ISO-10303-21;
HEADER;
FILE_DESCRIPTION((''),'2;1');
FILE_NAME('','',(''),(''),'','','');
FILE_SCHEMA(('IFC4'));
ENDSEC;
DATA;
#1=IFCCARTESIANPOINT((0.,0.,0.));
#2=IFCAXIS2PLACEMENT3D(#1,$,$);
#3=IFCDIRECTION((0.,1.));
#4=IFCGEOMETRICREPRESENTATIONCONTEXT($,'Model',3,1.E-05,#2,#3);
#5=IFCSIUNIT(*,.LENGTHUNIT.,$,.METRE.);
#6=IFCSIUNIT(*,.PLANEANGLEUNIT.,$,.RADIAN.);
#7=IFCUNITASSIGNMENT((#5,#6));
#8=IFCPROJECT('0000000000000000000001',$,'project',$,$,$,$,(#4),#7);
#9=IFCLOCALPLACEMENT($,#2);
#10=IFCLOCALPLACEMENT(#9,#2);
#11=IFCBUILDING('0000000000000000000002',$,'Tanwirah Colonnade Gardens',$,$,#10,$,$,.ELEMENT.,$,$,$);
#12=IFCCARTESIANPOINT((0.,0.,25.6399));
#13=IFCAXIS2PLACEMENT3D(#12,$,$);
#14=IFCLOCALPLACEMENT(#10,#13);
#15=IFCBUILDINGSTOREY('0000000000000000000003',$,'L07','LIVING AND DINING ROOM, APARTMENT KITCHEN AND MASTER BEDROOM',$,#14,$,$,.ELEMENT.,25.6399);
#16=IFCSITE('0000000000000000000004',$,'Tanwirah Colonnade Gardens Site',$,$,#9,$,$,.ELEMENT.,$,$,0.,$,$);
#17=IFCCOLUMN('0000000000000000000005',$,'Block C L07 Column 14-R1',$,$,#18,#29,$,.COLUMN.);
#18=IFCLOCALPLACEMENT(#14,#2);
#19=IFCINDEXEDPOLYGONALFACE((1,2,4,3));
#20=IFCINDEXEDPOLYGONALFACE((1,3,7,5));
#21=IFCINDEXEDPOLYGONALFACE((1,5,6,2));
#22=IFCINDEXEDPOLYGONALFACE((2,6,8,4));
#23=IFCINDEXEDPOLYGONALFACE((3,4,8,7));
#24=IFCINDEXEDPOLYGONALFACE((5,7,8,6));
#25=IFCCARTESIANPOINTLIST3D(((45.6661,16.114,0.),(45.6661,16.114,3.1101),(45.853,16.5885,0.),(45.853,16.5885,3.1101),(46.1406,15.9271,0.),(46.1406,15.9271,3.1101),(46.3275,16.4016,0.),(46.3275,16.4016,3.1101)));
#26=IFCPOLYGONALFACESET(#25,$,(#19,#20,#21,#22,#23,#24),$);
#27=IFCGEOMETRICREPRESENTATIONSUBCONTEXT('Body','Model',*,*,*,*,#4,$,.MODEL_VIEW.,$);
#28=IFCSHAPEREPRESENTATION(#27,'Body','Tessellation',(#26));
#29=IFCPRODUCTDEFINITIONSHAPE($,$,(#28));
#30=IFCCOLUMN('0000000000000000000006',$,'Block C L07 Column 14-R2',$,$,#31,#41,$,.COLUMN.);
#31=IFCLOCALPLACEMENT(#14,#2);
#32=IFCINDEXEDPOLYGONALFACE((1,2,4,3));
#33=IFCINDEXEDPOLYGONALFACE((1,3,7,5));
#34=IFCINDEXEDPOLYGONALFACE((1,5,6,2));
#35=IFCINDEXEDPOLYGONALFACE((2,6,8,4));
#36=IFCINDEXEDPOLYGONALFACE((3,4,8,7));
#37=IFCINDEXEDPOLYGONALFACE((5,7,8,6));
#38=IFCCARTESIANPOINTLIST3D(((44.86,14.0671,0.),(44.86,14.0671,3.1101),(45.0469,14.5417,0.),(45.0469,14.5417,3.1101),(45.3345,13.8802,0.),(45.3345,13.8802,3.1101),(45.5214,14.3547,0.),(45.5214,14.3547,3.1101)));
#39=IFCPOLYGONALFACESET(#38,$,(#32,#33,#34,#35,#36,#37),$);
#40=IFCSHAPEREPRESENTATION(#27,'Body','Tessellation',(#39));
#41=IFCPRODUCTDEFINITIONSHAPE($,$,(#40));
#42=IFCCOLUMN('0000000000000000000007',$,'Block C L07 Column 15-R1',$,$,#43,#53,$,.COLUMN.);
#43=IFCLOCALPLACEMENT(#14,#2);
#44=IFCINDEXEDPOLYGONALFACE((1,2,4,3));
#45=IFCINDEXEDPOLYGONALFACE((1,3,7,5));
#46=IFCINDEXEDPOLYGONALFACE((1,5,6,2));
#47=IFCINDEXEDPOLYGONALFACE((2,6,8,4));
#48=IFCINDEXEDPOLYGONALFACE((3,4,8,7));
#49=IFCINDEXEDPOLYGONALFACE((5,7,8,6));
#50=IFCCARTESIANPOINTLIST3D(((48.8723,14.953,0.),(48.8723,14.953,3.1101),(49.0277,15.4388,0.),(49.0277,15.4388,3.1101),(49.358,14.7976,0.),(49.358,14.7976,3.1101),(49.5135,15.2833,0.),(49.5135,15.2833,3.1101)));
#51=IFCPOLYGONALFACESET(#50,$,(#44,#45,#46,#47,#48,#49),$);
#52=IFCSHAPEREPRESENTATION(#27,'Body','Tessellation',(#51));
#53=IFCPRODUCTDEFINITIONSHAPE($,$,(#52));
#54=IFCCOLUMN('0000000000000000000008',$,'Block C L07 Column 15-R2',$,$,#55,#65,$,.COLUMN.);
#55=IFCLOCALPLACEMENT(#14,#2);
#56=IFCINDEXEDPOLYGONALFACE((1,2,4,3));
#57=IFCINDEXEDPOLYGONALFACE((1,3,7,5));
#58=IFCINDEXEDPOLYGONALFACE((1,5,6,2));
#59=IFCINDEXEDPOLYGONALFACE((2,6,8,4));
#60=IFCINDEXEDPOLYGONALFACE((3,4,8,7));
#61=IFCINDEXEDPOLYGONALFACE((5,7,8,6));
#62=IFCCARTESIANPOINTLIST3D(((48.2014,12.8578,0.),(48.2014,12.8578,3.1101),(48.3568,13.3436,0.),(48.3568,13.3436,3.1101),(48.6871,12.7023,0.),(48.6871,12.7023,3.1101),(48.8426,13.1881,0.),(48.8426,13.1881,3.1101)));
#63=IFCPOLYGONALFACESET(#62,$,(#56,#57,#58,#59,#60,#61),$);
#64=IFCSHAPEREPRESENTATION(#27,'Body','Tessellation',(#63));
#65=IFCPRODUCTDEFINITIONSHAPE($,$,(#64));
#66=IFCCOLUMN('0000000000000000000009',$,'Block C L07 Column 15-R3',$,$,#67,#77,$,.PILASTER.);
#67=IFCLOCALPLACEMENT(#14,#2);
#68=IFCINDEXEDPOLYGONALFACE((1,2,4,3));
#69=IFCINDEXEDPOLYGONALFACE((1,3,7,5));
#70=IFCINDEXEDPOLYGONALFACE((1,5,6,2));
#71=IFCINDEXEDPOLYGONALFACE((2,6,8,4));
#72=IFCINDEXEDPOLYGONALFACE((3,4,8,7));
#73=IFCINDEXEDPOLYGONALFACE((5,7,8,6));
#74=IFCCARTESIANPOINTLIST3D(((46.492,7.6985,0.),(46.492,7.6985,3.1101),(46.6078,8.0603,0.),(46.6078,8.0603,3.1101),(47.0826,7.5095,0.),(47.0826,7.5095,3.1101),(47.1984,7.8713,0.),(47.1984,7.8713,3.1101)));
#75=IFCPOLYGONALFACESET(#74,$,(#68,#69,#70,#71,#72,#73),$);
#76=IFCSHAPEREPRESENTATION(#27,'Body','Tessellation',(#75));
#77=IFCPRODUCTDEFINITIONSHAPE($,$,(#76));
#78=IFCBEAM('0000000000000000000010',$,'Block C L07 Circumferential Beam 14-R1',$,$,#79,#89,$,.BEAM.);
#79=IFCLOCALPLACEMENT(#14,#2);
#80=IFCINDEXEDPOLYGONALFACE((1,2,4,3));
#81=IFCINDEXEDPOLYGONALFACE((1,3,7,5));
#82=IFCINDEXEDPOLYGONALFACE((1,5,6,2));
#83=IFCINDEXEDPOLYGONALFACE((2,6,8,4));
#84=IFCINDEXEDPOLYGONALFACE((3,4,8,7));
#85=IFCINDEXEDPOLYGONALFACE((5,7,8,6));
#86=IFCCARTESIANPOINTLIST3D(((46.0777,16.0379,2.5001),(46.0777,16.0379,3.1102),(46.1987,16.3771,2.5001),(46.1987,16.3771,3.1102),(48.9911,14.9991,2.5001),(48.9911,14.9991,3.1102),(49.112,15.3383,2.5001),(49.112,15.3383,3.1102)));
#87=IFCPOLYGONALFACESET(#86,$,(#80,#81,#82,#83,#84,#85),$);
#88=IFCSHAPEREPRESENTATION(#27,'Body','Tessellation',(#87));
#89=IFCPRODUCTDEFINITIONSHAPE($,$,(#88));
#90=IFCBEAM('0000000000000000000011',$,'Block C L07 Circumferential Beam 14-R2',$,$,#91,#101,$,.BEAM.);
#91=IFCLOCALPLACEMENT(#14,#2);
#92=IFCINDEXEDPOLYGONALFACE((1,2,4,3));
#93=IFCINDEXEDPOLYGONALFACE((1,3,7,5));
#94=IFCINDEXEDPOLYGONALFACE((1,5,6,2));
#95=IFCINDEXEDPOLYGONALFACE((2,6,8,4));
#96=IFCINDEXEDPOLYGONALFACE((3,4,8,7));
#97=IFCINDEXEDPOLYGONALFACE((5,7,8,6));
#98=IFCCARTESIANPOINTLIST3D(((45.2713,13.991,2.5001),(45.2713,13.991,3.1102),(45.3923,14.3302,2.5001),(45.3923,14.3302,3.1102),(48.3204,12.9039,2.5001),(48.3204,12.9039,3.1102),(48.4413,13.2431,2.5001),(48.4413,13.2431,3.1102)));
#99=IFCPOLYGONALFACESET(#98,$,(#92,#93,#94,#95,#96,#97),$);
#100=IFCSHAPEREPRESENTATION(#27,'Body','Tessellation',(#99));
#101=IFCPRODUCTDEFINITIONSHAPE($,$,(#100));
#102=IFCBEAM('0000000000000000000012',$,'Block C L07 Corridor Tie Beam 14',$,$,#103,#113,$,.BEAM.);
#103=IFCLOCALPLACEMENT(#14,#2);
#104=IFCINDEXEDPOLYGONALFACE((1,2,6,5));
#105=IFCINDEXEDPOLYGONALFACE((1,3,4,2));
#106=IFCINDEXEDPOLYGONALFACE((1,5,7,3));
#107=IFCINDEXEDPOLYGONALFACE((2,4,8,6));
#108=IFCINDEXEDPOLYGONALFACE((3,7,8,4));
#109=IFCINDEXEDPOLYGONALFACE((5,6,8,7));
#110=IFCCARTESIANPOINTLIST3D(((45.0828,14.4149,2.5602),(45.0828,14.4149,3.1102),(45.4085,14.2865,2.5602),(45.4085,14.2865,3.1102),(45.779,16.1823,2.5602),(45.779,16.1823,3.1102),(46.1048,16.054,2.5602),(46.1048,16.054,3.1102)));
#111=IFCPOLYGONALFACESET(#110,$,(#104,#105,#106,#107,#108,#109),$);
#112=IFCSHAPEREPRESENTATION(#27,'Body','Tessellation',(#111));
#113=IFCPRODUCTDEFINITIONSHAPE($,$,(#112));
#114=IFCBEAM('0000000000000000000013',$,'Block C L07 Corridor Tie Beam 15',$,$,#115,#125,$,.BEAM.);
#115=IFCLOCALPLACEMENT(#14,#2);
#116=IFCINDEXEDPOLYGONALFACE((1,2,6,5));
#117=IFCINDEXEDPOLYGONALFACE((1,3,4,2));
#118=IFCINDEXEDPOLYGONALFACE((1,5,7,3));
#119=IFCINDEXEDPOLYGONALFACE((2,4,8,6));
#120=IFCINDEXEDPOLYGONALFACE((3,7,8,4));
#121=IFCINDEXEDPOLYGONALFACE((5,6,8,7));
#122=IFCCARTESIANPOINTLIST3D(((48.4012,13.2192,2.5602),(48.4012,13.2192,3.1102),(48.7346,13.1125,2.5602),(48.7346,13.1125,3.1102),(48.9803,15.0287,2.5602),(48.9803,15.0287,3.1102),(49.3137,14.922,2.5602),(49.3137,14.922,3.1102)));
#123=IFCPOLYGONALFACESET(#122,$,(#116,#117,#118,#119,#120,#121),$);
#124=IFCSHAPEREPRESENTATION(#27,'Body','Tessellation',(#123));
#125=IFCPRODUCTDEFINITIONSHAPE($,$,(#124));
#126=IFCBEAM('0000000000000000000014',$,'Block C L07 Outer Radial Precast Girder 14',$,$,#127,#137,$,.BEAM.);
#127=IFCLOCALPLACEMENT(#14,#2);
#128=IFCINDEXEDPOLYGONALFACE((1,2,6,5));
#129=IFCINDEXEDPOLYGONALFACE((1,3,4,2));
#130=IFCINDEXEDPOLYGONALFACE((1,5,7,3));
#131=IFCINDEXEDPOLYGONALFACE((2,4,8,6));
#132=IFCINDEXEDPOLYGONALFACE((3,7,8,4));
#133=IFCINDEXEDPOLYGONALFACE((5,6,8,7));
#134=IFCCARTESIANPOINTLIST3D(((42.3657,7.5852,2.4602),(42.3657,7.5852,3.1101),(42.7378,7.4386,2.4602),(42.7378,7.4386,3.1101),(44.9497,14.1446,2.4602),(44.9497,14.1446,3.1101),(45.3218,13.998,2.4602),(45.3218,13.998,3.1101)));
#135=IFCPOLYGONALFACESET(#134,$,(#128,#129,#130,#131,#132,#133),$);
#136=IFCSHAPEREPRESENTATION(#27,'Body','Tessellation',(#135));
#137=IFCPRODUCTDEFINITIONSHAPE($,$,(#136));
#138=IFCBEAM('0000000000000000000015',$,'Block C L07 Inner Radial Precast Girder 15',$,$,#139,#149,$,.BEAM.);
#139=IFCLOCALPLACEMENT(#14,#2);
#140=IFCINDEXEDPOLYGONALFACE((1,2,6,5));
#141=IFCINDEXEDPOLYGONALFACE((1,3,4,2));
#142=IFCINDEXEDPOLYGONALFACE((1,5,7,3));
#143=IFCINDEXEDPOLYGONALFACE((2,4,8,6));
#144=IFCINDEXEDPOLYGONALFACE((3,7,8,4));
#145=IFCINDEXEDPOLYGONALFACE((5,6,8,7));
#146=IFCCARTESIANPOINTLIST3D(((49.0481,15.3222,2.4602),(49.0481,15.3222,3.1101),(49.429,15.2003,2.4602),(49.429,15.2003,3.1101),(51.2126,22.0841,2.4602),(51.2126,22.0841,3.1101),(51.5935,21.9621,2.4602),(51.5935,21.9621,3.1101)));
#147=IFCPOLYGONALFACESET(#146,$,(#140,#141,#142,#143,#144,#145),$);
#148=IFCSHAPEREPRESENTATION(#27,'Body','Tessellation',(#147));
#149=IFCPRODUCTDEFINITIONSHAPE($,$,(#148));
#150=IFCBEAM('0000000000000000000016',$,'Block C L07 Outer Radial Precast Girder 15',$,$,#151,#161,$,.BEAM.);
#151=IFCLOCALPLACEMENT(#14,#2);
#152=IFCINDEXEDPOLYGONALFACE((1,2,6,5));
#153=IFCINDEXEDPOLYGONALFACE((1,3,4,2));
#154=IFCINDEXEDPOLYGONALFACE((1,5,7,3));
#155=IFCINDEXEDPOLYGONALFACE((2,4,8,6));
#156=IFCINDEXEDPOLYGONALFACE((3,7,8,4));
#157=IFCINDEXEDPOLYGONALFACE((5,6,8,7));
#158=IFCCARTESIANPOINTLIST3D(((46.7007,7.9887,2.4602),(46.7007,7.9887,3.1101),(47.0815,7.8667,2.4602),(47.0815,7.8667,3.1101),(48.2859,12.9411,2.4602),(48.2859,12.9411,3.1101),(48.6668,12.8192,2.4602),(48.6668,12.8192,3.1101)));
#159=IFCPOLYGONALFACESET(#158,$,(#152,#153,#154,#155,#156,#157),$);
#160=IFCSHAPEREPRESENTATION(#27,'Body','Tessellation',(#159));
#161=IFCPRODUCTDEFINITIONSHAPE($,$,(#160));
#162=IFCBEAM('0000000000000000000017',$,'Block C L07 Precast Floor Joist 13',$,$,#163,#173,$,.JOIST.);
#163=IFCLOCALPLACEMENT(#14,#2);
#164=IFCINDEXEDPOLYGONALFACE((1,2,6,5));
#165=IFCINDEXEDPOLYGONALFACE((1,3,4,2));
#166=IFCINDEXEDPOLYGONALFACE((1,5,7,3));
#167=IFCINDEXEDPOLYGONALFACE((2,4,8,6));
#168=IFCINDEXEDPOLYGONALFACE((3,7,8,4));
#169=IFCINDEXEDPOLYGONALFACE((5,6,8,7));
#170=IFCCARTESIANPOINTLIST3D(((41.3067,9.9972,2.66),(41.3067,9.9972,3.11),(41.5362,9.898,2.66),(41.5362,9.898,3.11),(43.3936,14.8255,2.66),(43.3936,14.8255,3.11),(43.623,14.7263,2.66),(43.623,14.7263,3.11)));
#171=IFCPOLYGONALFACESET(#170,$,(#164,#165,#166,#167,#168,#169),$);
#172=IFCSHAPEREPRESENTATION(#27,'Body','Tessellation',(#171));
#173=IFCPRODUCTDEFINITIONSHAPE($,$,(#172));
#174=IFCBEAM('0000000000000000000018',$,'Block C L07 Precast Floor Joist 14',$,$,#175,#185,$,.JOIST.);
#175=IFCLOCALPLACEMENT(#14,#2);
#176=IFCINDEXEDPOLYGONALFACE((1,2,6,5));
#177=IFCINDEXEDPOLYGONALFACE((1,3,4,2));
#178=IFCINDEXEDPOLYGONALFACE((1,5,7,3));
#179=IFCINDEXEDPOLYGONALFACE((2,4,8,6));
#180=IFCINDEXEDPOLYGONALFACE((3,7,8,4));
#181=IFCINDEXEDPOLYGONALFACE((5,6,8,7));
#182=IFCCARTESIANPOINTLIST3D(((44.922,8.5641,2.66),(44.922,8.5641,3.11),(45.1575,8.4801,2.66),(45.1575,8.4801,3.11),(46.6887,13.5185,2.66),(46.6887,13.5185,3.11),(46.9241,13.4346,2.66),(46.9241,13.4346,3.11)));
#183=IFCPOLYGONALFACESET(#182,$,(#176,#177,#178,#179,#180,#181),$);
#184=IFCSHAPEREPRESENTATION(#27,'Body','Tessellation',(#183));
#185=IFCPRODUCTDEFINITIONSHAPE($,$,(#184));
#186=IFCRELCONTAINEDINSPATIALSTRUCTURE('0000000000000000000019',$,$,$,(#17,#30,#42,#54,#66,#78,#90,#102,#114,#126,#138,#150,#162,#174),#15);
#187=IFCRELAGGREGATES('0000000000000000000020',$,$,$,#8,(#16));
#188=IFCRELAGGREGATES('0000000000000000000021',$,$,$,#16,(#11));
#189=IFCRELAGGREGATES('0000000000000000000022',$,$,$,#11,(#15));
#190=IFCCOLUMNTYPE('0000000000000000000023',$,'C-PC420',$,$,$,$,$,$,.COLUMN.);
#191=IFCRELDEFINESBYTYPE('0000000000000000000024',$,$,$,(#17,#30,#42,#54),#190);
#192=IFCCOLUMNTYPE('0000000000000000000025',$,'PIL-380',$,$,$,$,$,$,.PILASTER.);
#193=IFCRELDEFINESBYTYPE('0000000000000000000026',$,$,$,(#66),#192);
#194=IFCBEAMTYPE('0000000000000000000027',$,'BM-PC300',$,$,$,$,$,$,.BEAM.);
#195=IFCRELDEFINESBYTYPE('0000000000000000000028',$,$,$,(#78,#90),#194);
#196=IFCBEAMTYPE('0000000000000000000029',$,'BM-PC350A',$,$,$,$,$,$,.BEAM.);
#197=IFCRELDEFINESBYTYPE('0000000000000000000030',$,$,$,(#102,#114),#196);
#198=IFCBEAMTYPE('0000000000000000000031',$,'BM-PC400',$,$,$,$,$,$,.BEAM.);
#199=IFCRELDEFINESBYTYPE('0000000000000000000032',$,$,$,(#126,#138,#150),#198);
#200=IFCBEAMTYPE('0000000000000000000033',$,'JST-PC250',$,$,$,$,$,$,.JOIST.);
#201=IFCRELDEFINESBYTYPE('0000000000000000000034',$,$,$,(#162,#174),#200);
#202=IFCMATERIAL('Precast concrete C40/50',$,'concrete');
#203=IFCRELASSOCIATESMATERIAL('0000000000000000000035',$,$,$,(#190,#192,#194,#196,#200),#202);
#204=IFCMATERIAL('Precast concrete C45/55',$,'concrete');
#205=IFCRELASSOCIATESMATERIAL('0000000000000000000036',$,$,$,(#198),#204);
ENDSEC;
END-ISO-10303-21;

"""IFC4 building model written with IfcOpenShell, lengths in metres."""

from ifc_helpers import new_model, si_unit, direction, frame, origin, origin_2d, place, context, subcontext, project, spatial, rectangle, extrude, material, material_profile, profile_set, type_object, element, save


model = new_model("IFC4")

# Units and contexts
model_context = context("Model", 3, precision=1e-05, world=origin(), true_north=direction((0.0, 1.0)))
body_context = subcontext(model_context, "Body", "Model", "MODEL_VIEW")
ifc_project = project(units=[si_unit("LENGTHUNIT", "METRE"), si_unit("PLANEANGLEUNIT", "RADIAN")], contexts=[model_context])

# Site, building, storey
site_placement = place(None, origin())
site = spatial("IfcSite", under=ifc_project, at=site_placement, Name="Tanwirah Colonnade Gardens Site", CompositionType="ELEMENT", RefElevation=0.0)
building_placement = place(site_placement, origin())
building = spatial("IfcBuilding", under=site, at=building_placement, Name="Tanwirah Colonnade Gardens", CompositionType="ELEMENT")
storey_placement = place(building_placement, frame((0.0, 0.0, 25.6399)))
storey = spatial("IfcBuildingStorey", under=building, at=storey_placement, Name="L07", Description="LIVING AND DINING ROOM, APARTMENT KITCHEN AND MASTER BEDROOM", CompositionType="ELEMENT", Elevation=25.6399)

# Columns
ifc_material_1 = material(Name="Precast concrete C40/50", Category="concrete")
ifc_material_profile_1 = material_profile(ifc_material_1, rectangle(XDim=0.51, YDim=0.51, at=origin_2d()), Name="PC-COL 510x510")
ifc_profile_set_1 = profile_set([ifc_material_profile_1], Name="Precast concrete C40/50")
column_type_1 = type_object("IfcColumnType", Name="C-PC420", PredefinedType="COLUMN", material=ifc_profile_set_1)
for number, where, z_axis, x_axis, name in (
    (1, (45.9968, 16.2578, 0.0), (0.0, 0.0, 1.0), (-0.366501, -0.930418, 0.0), "Block C L07 Column 14-R1"),
    (2, (45.1907, 14.2109, 0.0), (0.0, 0.0, 1.0), (-0.366501, -0.930418, 0.0), "Block C L07 Column 14-R2"),
    (3, (49.1929, 15.1182, 0.0), (0.0, 0.0, 1.0), (-0.304864, -0.952396, 0.0), "Block C L07 Column 15-R1"),
    (4, (48.522, 13.0229, 0.0), (0.0, 0.0, 1.0), (-0.304864, -0.952396, 0.0), "Block C L07 Column 15-R2"),
):
    element("IfcColumn", number, at=place(storey_placement, frame(where, z_axis=z_axis, x_axis=x_axis)), inside=storey, type_object=column_type_1, Name=name, PredefinedType="COLUMN", context=body_context, shape_type="SweptSolid", body=[
        extrude(rectangle(XDim=0.51, YDim=0.51, at=origin_2d()), origin(), (0.0, 0.0, 1.0), 3.1101),
    ])
ifc_material_profile_2 = material_profile(ifc_material_1, rectangle(XDim=0.3799, YDim=0.6201, at=origin_2d()), Name="PC-PIL 380x620")
ifc_profile_set_2 = profile_set([ifc_material_profile_2], Name="Precast concrete C40/50")
column_type_2 = type_object("IfcColumnType", Name="PIL-380", PredefinedType="PILASTER", material=ifc_profile_set_2)
column_placement = place(storey_placement, frame((46.8452, 7.7849, 0.0), z_axis=(0.0, 0.0, 1.0), x_axis=(-0.304864, -0.952396, 0.0)))
element("IfcColumn", 5, at=column_placement, inside=storey, type_object=column_type_2, Name="Block C L07 Column 15-R3", PredefinedType="PILASTER", context=body_context, shape_type="SweptSolid", body=[
    extrude(rectangle(XDim=0.3799, YDim=0.6201, at=origin_2d()), origin(), (0.0, 0.0, 1.0), 3.1101),
])

# Beams
ifc_material_profile_3 = material_profile(ifc_material_1, rectangle(XDim=0.3601, YDim=0.6101, at=origin_2d()), Name="PC-BM 360x610")
ifc_profile_set_3 = profile_set([ifc_material_profile_3], Name="Precast concrete C40/50")
beam_type_1 = type_object("IfcBeamType", Name="BM-PC300", PredefinedType="BEAM", material=ifc_profile_set_3)
beam_1_placement = place(storey_placement, frame((46.1382, 16.2075, 2.8052), z_axis=(0.941911, -0.335861, 0.0), x_axis=(0.335861, 0.941911, 0.0)))
element("IfcBeam", 6, at=beam_1_placement, inside=storey, type_object=beam_type_1, Name="Block C L07 Circumferential Beam 14-R1", PredefinedType="BEAM", context=body_context, shape_type="SweptSolid", body=[
    extrude(rectangle(XDim=0.3601, YDim=0.6101, at=origin_2d()), origin(), (0.0, 0.0, 1.0), 3.093),
])
beam_2_placement = place(storey_placement, frame((45.3318, 14.1606, 2.8052), z_axis=(0.941918, -0.335844, 0.0), x_axis=(0.335844, 0.941918, 0.0)))
element("IfcBeam", 7, at=beam_2_placement, inside=storey, type_object=beam_type_1, Name="Block C L07 Circumferential Beam 14-R2", PredefinedType="BEAM", context=body_context, shape_type="SweptSolid", body=[
    extrude(rectangle(XDim=0.3601, YDim=0.6101, at=origin_2d()), origin(), (0.0, 0.0, 1.0), 3.2371),
])
ifc_material_profile_4 = material_profile(ifc_material_1, rectangle(XDim=0.3501, YDim=0.55, at=origin_2d()), Name="PC-BM 350x550")
ifc_profile_set_4 = profile_set([ifc_material_profile_4], Name="Precast concrete C40/50")
beam_type_2 = type_object("IfcBeamType", Name="BM-PC350A", PredefinedType="BEAM", material=ifc_profile_set_4)
beam_3_placement = place(storey_placement, frame((45.9419, 16.1182, 2.8352), z_axis=(-0.366511, -0.930414, 0.0), x_axis=(0.930414, -0.366511, 0.0)))
element("IfcBeam", 8, at=beam_3_placement, inside=storey, type_object=beam_type_2, Name="Block C L07 Corridor Tie Beam 14", PredefinedType="BEAM", context=body_context, shape_type="SweptSolid", body=[
    extrude(rectangle(XDim=0.3501, YDim=0.55, at=origin_2d()), origin(), (0.0, 0.0, 1.0), 1.8997),
])
beam_4_placement = place(storey_placement, frame((49.147, 14.9753, 2.8352), z_axis=(-0.304794, -0.952418, 0.0), x_axis=(0.952418, -0.304794, 0.0)))
element("IfcBeam", 9, at=beam_4_placement, inside=storey, type_object=beam_type_2, Name="Block C L07 Corridor Tie Beam 15", PredefinedType="BEAM", context=body_context, shape_type="SweptSolid", body=[
    extrude(rectangle(XDim=0.3501, YDim=0.55, at=origin_2d()), origin(), (0.0, 0.0, 1.0), 1.8999),
])
ifc_material_2 = material(Name="Precast concrete C45/55", Category="concrete")
ifc_material_profile_5 = material_profile(ifc_material_2, rectangle(XDim=0.3999, YDim=0.6499, at=origin_2d()), Name="PC-BM 400x650")
ifc_profile_set_5 = profile_set([ifc_material_profile_5], Name="Precast concrete C45/55")
beam_type_3 = type_object("IfcBeamType", Name="BM-PC400", PredefinedType="BEAM", material=ifc_profile_set_5)
beam_5_placement = place(storey_placement, frame((45.1357, 14.0713, 2.7852), z_axis=(-0.366525, -0.930408, 0.0), x_axis=(0.930408, -0.366525, 0.0)))
element("IfcBeam", 10, at=beam_5_placement, inside=storey, type_object=beam_type_3, Name="Block C L07 Outer Radial Precast Girder 14", PredefinedType="BEAM", context=body_context, shape_type="SweptSolid", body=[
    extrude(rectangle(XDim=0.3999, YDim=0.6499, at=origin_2d()), origin(), (0.0, 0.0, 1.0), 7.05),
])
beam_6_placement = place(storey_placement, frame((49.2385, 15.2612, 2.7852), z_axis=(0.304868, 0.952395, 0.0), x_axis=(-0.952395, 0.304868, 0.0)))
element("IfcBeam", 11, at=beam_6_placement, inside=storey, type_object=beam_type_3, Name="Block C L07 Inner Radial Precast Girder 15", PredefinedType="BEAM", context=body_context, shape_type="SweptSolid", body=[
    extrude(rectangle(XDim=0.3999, YDim=0.6499, at=origin_2d()), origin(), (0.0, 0.0, 1.0), 7.0999),
])
beam_7_placement = place(storey_placement, frame((48.4763, 12.8801, 2.7852), z_axis=(-0.304852, -0.9524, 0.0), x_axis=(0.9524, -0.304852, 0.0)))
element("IfcBeam", 12, at=beam_7_placement, inside=storey, type_object=beam_type_3, Name="Block C L07 Outer Radial Precast Girder 15", PredefinedType="BEAM", context=body_context, shape_type="SweptSolid", body=[
    extrude(rectangle(XDim=0.3999, YDim=0.6499, at=origin_2d()), origin(), (0.0, 0.0, 1.0), 5.2),
])
ifc_material_profile_6 = material_profile(ifc_material_1, rectangle(XDim=0.25, YDim=0.45, at=origin_2d()), Name="PC-JST 250x450")
ifc_profile_set_6 = profile_set([ifc_material_profile_6], Name="Precast concrete C40/50")
beam_type_4 = type_object("IfcBeamType", Name="JST-PC250", PredefinedType="JOIST", material=ifc_profile_set_6)
for number, where, z_axis, x_axis, name in (
    (13, (43.5083, 14.7759, 2.885), (-0.396746, -0.917928, 0.0), (0.917928, -0.396746, 0.0), "Block C L07 Precast Floor Joist 13"),
    (14, (46.8064, 13.4766, 2.885), (-0.335863, -0.941911, 0.0), (0.941911, -0.335863, 0.0), "Block C L07 Precast Floor Joist 14"),
):
    element("IfcBeam", number, at=place(storey_placement, frame(where, z_axis=z_axis, x_axis=x_axis)), inside=storey, type_object=beam_type_4, Name=name, PredefinedType="JOIST", context=body_context, shape_type="SweptSolid", body=[
        extrude(rectangle(XDim=0.25, YDim=0.45, at=origin_2d()), origin(), (0.0, 0.0, 1.0), 5.26),
    ])

save(model, "model.ifc")
